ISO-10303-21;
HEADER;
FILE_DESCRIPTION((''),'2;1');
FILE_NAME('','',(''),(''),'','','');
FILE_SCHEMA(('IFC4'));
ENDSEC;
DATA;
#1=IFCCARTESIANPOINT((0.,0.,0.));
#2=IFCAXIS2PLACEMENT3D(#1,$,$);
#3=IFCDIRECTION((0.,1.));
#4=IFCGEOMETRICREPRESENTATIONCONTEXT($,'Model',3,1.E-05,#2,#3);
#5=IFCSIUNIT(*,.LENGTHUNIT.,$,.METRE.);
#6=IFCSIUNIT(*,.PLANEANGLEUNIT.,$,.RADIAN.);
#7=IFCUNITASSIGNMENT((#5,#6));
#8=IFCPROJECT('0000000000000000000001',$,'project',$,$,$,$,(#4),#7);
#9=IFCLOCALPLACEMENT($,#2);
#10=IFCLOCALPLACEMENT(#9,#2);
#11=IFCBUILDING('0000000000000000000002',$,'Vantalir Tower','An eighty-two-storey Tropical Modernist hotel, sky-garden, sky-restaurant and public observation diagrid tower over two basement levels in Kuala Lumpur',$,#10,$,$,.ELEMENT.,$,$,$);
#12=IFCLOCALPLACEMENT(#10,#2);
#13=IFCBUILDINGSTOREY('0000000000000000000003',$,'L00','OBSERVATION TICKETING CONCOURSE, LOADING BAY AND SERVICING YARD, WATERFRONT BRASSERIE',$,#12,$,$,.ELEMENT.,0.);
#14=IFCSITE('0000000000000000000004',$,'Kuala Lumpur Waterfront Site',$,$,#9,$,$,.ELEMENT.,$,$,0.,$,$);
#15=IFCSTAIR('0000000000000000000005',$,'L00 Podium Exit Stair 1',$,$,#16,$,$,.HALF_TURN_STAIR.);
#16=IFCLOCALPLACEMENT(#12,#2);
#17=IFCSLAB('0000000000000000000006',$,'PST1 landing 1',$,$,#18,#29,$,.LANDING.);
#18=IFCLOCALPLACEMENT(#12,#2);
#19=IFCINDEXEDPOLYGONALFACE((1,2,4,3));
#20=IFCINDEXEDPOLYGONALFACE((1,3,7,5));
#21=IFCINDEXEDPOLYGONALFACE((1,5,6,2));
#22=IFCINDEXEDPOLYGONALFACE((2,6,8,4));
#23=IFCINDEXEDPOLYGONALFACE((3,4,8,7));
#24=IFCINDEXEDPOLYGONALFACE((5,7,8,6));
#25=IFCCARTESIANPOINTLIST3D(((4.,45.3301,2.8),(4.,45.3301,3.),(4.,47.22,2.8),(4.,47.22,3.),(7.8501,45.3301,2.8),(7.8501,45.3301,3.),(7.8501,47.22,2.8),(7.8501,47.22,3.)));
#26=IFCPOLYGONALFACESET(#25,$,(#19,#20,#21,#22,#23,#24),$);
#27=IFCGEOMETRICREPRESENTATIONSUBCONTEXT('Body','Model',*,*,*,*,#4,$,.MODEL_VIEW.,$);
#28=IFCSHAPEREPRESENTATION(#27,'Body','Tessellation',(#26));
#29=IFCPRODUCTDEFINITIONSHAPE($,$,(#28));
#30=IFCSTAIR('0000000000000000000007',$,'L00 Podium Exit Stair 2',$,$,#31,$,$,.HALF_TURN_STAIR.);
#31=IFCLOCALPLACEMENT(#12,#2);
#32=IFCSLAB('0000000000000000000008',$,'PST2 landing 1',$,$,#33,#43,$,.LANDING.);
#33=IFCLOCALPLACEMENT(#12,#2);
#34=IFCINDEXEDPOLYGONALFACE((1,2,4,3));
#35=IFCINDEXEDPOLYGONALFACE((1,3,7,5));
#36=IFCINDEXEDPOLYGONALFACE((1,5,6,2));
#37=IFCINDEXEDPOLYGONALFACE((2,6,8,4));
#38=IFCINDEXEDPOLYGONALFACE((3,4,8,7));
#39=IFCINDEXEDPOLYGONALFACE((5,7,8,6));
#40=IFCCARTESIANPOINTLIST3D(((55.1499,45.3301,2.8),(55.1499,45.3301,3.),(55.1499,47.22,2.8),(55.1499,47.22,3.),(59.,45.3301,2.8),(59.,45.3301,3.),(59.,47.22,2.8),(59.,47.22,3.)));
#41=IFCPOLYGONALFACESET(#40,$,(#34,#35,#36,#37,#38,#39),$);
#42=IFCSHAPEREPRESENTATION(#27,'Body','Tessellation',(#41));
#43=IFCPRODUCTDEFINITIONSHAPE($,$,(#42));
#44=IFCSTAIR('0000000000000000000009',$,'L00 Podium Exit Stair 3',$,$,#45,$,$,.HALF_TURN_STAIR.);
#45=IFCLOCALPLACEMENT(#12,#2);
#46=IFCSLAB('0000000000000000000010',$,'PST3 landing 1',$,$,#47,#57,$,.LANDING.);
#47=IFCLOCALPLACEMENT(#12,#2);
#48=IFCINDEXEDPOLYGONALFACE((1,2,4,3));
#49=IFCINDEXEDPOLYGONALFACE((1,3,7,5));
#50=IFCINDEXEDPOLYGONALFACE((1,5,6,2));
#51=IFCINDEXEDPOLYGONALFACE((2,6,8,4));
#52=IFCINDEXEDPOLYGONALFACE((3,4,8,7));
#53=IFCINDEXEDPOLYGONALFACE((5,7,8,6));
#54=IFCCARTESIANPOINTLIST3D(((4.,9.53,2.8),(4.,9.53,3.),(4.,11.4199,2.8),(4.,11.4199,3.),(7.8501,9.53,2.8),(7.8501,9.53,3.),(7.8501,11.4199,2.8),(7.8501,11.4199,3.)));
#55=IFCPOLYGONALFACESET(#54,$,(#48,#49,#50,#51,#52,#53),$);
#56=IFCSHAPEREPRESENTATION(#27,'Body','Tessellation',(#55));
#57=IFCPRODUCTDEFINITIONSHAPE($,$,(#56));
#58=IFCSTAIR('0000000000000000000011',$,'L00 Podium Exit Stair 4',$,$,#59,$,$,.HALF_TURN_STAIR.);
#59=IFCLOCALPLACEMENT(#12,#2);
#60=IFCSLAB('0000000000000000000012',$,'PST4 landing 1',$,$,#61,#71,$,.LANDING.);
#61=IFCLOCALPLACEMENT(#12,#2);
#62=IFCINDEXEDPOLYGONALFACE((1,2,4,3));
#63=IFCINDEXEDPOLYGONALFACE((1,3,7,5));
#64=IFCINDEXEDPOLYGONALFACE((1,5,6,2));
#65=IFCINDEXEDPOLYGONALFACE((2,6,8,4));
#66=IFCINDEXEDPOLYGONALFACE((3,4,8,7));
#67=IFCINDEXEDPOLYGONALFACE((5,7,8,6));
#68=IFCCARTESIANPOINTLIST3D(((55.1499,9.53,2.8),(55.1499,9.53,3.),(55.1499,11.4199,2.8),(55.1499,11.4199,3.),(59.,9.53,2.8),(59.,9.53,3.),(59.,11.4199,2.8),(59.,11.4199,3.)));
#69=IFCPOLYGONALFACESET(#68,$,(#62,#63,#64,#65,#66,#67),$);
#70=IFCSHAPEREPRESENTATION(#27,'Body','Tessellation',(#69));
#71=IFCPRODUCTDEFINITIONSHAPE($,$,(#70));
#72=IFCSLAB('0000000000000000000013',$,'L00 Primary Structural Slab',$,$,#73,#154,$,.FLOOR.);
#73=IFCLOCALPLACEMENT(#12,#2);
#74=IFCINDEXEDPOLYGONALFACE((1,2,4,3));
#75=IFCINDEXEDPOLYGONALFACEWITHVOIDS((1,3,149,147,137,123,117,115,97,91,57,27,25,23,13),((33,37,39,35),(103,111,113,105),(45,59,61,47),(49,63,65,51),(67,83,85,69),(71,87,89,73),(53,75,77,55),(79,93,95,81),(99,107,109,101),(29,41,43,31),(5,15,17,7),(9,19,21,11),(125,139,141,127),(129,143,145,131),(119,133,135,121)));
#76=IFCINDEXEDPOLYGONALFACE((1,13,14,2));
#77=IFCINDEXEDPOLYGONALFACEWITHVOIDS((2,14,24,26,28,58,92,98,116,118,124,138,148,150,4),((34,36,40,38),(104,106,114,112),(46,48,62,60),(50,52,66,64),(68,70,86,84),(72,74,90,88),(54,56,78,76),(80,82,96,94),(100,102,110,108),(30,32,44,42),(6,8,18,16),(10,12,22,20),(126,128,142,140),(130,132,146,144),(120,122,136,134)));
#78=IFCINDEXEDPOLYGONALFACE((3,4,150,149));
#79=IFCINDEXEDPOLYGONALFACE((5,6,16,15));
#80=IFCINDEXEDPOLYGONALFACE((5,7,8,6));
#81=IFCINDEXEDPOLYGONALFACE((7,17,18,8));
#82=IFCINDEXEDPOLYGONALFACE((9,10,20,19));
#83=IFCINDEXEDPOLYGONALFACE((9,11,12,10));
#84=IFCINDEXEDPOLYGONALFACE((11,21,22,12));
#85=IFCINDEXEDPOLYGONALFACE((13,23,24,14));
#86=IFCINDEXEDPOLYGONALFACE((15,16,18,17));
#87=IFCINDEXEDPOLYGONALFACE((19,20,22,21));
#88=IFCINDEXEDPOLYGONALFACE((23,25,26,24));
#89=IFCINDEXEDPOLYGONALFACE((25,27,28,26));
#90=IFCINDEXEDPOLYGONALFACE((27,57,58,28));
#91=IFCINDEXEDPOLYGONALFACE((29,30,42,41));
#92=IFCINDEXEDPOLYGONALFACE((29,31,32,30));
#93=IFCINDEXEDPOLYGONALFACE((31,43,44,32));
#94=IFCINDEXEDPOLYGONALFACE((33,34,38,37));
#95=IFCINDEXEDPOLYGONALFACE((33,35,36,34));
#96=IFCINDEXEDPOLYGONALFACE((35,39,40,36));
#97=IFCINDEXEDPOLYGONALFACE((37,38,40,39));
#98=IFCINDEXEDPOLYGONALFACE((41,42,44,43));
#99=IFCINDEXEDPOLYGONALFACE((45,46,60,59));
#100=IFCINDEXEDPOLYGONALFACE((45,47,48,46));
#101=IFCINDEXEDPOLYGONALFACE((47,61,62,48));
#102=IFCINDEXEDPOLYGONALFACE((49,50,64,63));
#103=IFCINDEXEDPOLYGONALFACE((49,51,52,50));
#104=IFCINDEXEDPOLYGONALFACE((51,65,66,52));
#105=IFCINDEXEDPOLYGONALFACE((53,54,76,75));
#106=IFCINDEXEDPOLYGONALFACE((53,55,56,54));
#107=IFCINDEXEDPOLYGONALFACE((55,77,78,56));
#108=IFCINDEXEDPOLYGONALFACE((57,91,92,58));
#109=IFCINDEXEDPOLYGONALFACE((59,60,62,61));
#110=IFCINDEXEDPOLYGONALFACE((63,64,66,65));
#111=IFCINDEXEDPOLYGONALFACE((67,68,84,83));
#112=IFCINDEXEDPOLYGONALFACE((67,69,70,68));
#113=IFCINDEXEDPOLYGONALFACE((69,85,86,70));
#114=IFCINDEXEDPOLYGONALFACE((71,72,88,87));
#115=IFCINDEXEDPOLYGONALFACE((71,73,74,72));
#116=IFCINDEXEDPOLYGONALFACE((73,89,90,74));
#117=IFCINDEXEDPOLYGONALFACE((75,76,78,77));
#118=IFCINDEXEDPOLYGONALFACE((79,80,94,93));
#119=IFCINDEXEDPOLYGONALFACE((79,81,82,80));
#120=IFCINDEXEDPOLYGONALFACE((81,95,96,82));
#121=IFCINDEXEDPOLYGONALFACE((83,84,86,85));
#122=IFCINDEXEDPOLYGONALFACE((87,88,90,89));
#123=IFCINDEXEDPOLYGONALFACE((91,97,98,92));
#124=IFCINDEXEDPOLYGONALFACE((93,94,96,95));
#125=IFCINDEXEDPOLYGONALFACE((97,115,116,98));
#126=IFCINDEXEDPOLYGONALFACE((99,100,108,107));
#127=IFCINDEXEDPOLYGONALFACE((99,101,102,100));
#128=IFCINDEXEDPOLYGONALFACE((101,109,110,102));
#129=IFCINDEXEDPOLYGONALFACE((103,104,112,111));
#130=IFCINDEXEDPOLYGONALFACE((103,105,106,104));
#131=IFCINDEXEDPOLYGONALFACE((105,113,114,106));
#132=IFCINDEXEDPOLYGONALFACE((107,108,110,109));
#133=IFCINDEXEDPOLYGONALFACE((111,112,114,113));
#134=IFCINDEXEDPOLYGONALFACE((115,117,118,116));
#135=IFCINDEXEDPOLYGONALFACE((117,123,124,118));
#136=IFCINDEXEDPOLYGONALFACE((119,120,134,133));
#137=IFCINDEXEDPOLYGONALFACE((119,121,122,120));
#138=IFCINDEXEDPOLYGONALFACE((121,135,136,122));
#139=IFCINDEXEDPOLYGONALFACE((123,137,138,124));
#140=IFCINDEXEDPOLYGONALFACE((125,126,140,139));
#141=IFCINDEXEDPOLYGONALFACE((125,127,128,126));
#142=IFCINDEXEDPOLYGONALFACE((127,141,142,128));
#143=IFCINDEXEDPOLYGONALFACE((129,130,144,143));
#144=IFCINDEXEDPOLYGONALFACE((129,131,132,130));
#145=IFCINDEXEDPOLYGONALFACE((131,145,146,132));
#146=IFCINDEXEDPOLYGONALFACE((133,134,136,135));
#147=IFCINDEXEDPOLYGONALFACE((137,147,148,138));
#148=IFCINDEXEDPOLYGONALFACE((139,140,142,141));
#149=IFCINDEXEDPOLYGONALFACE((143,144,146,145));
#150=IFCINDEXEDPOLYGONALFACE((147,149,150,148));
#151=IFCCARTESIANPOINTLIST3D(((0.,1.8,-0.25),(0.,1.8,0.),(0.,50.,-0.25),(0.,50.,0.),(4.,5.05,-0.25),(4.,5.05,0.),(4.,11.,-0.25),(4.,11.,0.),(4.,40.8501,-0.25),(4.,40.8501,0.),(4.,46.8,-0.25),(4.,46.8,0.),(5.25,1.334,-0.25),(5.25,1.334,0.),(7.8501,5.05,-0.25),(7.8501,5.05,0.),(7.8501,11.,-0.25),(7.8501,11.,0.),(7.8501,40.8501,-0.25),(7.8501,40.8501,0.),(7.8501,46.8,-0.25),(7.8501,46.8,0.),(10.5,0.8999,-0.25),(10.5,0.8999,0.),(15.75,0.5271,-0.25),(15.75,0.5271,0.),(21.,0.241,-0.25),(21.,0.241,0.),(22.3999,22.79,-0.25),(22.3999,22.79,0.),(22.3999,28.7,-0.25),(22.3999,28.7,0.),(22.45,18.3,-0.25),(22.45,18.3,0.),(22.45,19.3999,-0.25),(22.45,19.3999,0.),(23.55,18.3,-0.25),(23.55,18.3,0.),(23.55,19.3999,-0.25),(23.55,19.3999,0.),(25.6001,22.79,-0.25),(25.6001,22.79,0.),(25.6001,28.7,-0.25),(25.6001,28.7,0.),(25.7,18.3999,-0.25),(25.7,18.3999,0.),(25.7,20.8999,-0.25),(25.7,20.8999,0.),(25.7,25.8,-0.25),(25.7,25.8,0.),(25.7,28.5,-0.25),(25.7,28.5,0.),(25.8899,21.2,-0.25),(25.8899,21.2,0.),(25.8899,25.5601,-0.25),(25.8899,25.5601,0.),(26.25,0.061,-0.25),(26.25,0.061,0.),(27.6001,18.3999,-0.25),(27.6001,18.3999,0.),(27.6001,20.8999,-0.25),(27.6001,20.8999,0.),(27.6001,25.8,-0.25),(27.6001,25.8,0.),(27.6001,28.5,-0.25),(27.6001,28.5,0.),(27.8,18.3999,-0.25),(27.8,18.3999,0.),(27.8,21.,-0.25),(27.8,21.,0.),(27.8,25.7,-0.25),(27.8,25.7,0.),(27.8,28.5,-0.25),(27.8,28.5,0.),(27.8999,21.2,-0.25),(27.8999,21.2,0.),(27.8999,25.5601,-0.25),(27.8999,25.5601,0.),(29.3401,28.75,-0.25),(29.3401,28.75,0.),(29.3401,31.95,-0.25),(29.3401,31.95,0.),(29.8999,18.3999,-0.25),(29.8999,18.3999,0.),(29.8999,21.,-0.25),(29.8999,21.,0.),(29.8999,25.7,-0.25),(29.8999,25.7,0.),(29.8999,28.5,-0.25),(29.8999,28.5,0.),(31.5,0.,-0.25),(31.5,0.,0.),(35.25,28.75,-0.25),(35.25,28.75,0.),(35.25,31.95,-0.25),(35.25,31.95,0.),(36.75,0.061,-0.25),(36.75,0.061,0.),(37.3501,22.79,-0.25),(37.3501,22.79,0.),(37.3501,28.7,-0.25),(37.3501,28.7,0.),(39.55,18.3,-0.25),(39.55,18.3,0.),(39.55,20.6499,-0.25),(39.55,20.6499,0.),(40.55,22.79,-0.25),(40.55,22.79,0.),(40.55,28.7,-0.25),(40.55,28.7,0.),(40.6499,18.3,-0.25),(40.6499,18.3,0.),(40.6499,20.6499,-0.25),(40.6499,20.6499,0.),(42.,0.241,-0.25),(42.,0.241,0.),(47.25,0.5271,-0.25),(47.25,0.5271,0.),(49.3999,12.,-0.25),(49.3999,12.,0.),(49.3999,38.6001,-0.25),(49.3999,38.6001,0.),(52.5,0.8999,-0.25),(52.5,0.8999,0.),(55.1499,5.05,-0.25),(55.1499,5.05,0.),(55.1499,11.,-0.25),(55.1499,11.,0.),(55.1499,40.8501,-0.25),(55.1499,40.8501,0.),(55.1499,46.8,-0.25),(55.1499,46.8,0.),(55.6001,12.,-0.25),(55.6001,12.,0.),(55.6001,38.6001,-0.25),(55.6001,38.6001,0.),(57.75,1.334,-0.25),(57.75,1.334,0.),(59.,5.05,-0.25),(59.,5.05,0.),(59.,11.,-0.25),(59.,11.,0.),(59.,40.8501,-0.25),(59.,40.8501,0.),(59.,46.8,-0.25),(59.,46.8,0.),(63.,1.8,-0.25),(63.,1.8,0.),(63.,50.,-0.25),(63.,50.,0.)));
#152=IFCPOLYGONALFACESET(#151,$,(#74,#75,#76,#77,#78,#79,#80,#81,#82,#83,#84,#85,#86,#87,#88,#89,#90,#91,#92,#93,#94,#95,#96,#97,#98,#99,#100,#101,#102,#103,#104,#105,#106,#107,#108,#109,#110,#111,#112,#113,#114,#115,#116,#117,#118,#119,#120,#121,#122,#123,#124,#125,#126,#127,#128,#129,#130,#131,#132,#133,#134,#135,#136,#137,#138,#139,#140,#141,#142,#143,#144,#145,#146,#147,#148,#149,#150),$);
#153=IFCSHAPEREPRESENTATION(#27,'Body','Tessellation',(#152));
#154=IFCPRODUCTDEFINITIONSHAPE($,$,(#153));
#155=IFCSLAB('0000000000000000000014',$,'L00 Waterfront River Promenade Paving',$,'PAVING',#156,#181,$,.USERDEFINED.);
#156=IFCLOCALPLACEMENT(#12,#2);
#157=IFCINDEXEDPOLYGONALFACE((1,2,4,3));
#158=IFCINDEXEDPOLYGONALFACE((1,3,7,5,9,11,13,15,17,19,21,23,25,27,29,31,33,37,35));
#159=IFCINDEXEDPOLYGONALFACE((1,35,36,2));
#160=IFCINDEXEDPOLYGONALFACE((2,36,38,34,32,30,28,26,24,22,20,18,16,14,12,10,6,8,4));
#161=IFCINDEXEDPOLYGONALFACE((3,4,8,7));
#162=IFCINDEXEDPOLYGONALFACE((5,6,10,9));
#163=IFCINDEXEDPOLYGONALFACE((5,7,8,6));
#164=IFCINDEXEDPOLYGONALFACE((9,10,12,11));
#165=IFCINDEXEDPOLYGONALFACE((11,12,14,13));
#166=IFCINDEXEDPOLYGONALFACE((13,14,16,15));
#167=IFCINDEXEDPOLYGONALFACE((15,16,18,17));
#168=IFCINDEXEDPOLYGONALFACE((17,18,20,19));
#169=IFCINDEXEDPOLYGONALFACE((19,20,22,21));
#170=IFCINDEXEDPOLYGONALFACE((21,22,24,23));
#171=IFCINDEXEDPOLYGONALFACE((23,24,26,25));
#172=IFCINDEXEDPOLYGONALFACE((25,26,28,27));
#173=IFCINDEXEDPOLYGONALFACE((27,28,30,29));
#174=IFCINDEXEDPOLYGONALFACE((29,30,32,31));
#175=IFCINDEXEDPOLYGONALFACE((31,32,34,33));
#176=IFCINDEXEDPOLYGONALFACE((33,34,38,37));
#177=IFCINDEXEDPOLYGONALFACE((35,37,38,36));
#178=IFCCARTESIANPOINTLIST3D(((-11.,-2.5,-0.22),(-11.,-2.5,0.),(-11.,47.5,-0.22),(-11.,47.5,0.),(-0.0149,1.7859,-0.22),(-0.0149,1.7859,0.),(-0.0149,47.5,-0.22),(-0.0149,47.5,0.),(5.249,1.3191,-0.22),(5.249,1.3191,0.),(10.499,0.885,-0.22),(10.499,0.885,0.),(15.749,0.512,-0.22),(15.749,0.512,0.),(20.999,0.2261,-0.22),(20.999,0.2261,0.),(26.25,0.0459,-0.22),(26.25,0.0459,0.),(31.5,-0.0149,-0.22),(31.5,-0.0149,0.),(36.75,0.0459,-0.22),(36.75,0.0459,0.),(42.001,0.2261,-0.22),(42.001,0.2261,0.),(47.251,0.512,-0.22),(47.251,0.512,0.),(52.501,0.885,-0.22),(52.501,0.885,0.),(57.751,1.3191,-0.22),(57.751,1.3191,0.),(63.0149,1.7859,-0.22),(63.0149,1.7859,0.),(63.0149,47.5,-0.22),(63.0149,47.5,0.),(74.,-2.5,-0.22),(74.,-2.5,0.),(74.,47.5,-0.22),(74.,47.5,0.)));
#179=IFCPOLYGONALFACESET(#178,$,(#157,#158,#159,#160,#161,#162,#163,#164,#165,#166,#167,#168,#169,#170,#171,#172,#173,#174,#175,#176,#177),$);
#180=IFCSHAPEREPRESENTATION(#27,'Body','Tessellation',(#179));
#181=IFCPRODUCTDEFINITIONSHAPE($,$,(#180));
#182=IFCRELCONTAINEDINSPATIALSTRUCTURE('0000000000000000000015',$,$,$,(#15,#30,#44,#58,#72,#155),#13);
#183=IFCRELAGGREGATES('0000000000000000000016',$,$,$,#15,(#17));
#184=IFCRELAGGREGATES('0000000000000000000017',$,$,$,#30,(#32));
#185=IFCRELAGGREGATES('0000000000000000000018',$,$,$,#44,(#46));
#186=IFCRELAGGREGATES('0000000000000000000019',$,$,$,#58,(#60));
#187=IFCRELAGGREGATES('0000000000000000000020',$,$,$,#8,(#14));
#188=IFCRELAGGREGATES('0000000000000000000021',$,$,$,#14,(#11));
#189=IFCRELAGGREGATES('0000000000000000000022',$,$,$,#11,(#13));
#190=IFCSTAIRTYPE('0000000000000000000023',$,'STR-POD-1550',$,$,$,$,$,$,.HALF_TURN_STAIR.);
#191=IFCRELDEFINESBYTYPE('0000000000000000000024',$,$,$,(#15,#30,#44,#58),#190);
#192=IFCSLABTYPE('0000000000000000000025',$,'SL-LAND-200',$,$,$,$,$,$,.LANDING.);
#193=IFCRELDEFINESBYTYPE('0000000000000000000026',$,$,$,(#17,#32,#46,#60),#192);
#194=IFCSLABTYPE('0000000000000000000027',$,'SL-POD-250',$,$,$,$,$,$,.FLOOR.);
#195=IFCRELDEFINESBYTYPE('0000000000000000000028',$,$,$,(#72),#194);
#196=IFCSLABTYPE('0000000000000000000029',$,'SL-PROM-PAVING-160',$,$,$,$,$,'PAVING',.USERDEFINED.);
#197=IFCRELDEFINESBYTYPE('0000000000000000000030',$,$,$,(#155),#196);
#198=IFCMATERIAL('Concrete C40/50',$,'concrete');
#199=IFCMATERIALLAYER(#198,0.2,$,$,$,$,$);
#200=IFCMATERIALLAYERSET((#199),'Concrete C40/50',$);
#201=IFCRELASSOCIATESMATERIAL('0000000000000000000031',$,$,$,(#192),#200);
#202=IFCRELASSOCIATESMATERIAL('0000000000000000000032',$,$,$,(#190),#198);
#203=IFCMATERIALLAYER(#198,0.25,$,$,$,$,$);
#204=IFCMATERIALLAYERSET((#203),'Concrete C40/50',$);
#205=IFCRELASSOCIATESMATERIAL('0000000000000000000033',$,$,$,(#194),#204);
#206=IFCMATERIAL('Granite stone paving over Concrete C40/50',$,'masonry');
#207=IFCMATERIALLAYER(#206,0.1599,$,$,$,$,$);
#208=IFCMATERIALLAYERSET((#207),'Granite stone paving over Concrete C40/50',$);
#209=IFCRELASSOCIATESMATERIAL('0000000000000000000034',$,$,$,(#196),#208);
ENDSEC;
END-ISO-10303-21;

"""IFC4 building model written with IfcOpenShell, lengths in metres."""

from ifc_helpers import new_model, si_unit, direction, frame, origin, place, context, subcontext, project, spatial, polyline, outline, extrude, material, layer, layer_set, type_object, element, aggregate, save


model = new_model("IFC4")

# Units and contexts
model_context = context("Model", 3, precision=1e-05, world=origin(), true_north=direction((0.0, 1.0)))
body_context = subcontext(model_context, "Body", "Model", "MODEL_VIEW")
ifc_project = project(units=[si_unit("LENGTHUNIT", "METRE"), si_unit("PLANEANGLEUNIT", "RADIAN")], contexts=[model_context])

# Site, building, storey
site_placement = place(None, origin())
site = spatial("IfcSite", under=ifc_project, at=site_placement, Name="Kuala Lumpur Waterfront Site", CompositionType="ELEMENT", RefElevation=0.0)
building_placement = place(site_placement, origin())
building = spatial("IfcBuilding", under=site, at=building_placement, Name="Vantalir Tower", Description="An eighty-two-storey Tropical Modernist hotel, sky-garden, sky-restaurant and public observation diagrid tower over two basement levels in Kuala Lumpur", CompositionType="ELEMENT")
storey_placement = place(building_placement, origin())
storey = spatial("IfcBuildingStorey", under=building, at=storey_placement, Name="L00", Description="OBSERVATION TICKETING CONCOURSE, LOADING BAY AND SERVICING YARD, WATERFRONT BRASSERIE", CompositionType="ELEMENT", Elevation=0.0)

# Stairs, slabs
ifc_material_1 = material(Name="Concrete C40/50", Category="concrete")
ifc_layer_1 = layer(ifc_material_1, 0.2)
ifc_layer_set_1 = layer_set([ifc_layer_1], Name="Concrete C40/50")
slab_type_1 = type_object("IfcSlabType", Name="SL-LAND-200", PredefinedType="LANDING", material=ifc_layer_set_1)
stair_type_1 = type_object("IfcStairType", Name="STR-POD-1550", PredefinedType="HALF_TURN_STAIR", material=ifc_material_1)
stair_1_placement = place(storey_placement, origin())
stair_1 = element("IfcStair", 1, at=stair_1_placement, inside=storey, type_object=stair_type_1, Name="L00 Podium Exit Stair 1", PredefinedType="HALF_TURN_STAIR")
slab_1_placement = place(storey_placement, frame((0.0, 0.0, 2.8)))
slab_1 = element("IfcSlab", 2, at=slab_1_placement, type_object=slab_type_1, Name="PST1 landing 1", PredefinedType="LANDING", context=body_context, shape_type="SweptSolid", body=[
    extrude(outline(polyline([(7.8501, 45.3301), (7.8501, 47.22), (4.0, 47.22), (4.0, 45.3301), (7.8501, 45.3301)])), origin(), (0.0, 0.0, 1.0), 0.2),
])
aggregate(stair_1, [slab_1])
stair_2_placement = place(storey_placement, origin())
stair_2 = element("IfcStair", 3, at=stair_2_placement, inside=storey, type_object=stair_type_1, Name="L00 Podium Exit Stair 2", PredefinedType="HALF_TURN_STAIR")
slab_2_placement = place(storey_placement, frame((0.0, 0.0, 2.8)))
slab_2 = element("IfcSlab", 4, at=slab_2_placement, type_object=slab_type_1, Name="PST2 landing 1", PredefinedType="LANDING", context=body_context, shape_type="SweptSolid", body=[
    extrude(outline(polyline([(59.0, 45.3301), (59.0, 47.22), (55.1499, 47.22), (55.1499, 45.3301), (59.0, 45.3301)])), origin(), (0.0, 0.0, 1.0), 0.2),
])
aggregate(stair_2, [slab_2])
stair_3_placement = place(storey_placement, origin())
stair_3 = element("IfcStair", 5, at=stair_3_placement, inside=storey, type_object=stair_type_1, Name="L00 Podium Exit Stair 3", PredefinedType="HALF_TURN_STAIR")
slab_3_placement = place(storey_placement, frame((0.0, 0.0, 2.8)))
slab_3 = element("IfcSlab", 6, at=slab_3_placement, type_object=slab_type_1, Name="PST3 landing 1", PredefinedType="LANDING", context=body_context, shape_type="SweptSolid", body=[
    extrude(outline(polyline([(7.8501, 9.53), (7.8501, 11.4199), (4.0, 11.4199), (4.0, 9.53), (7.8501, 9.53)])), origin(), (0.0, 0.0, 1.0), 0.2),
])
aggregate(stair_3, [slab_3])
stair_4_placement = place(storey_placement, origin())
stair_4 = element("IfcStair", 7, at=stair_4_placement, inside=storey, type_object=stair_type_1, Name="L00 Podium Exit Stair 4", PredefinedType="HALF_TURN_STAIR")
slab_4_placement = place(storey_placement, frame((0.0, 0.0, 2.8)))
slab_4 = element("IfcSlab", 8, at=slab_4_placement, type_object=slab_type_1, Name="PST4 landing 1", PredefinedType="LANDING", context=body_context, shape_type="SweptSolid", body=[
    extrude(outline(polyline([(59.0, 9.53), (59.0, 11.4199), (55.1499, 11.4199), (55.1499, 9.53), (59.0, 9.53)])), origin(), (0.0, 0.0, 1.0), 0.2),
])
aggregate(stair_4, [slab_4])

# Slabs
ifc_layer_2 = layer(ifc_material_1, 0.25)
ifc_layer_set_2 = layer_set([ifc_layer_2], Name="Concrete C40/50")
slab_type_2 = type_object("IfcSlabType", Name="SL-POD-250", PredefinedType="FLOOR", material=ifc_layer_set_2)
slab_5_placement = place(storey_placement, frame((0.0, 0.0, -0.25)))
element("IfcSlab", 9, at=slab_5_placement, inside=storey, type_object=slab_type_2, Name="L00 Primary Structural Slab", PredefinedType="FLOOR", context=body_context, shape_type="SweptSolid", body=[
    extrude(outline(polyline([(5.25, 1.334), (10.5, 0.8999), (15.75, 0.5271), (21.0, 0.241), (26.25, 0.061), (31.5, 0.0), (36.75, 0.061), (42.0, 0.241), (47.25, 0.5271), (52.5, 0.8999), (57.75, 1.334), (63.0, 1.8), (63.0, 50.0), (0.0, 50.0), (0.0, 1.8), (5.25, 1.334)]), holes=[polyline([(22.3999, 28.7), (25.6001, 28.7), (25.6001, 22.79), (22.3999, 22.79), (22.3999, 28.7)]), polyline([(40.55, 28.7), (40.55, 22.79), (37.3501, 22.79), (37.3501, 28.7), (40.55, 28.7)]), polyline([(29.3401, 28.75), (29.3401, 31.95), (35.25, 31.95), (35.25, 28.75), (29.3401, 28.75)]), polyline([(4.0, 40.8501), (4.0, 46.8), (7.8501, 46.8), (7.8501, 40.8501), (4.0, 40.8501)]), polyline([(55.1499, 46.8), (59.0, 46.8), (59.0, 40.8501), (55.1499, 40.8501), (55.1499, 46.8)]), polyline([(7.8501, 11.0), (7.8501, 5.05), (4.0, 5.05), (4.0, 11.0), (7.8501, 11.0)]), polyline([(59.0, 5.05), (55.1499, 5.05), (55.1499, 11.0), (59.0, 11.0), (59.0, 5.05)]), polyline([(25.7, 18.3999), (25.7, 20.8999), (27.6001, 20.8999), (27.6001, 18.3999), (25.7, 18.3999)]), polyline([(25.7, 28.5), (27.6001, 28.5), (27.6001, 25.8), (25.7, 25.8), (25.7, 28.5)]), polyline([(29.8999, 21.0), (29.8999, 18.3999), (27.8, 18.3999), (27.8, 21.0), (29.8999, 21.0)]), polyline([(29.8999, 25.7), (27.8, 25.7), (27.8, 28.5), (29.8999, 28.5), (29.8999, 25.7)]), polyline([(25.8899, 21.2), (25.8899, 25.5601), (27.8999, 25.5601), (27.8999, 21.2), (25.8899, 21.2)]), polyline([(49.3999, 38.6001), (55.6001, 38.6001), (55.6001, 12.0), (49.3999, 12.0), (49.3999, 38.6001)]), polyline([(23.55, 19.3999), (23.55, 18.3), (22.45, 18.3), (22.45, 19.3999), (23.55, 19.3999)]), polyline([(40.6499, 18.3), (39.55, 18.3), (39.55, 20.6499), (40.6499, 20.6499), (40.6499, 18.3)])]), origin(), (0.0, 0.0, 1.0), 0.25),
])
ifc_material_2 = material(Name="Granite stone paving over Concrete C40/50", Category="masonry")
ifc_layer_3 = layer(ifc_material_2, 0.1599)
ifc_layer_set_3 = layer_set([ifc_layer_3], Name="Granite stone paving over Concrete C40/50")
slab_type_3 = type_object("IfcSlabType", Name="SL-PROM-PAVING-160", ElementType="PAVING", PredefinedType="USERDEFINED", material=ifc_layer_set_3)
slab_6_placement = place(storey_placement, frame((0.0, 0.0, -0.22)))
element("IfcSlab", 10, at=slab_6_placement, inside=storey, type_object=slab_type_3, Name="L00 Waterfront River Promenade Paving", ObjectType="PAVING", PredefinedType="USERDEFINED", context=body_context, shape_type="SweptSolid", body=[
    extrude(outline(polyline([(63.0149, 47.5), (63.0149, 1.7859), (57.751, 1.3191), (52.501, 0.885), (47.251, 0.512), (42.001, 0.2261), (36.75, 0.0459), (31.5, -0.0149), (26.25, 0.0459), (20.999, 0.2261), (15.749, 0.512), (10.499, 0.885), (5.249, 1.3191), (-0.0149, 1.7859), (-0.0149, 47.5), (-11.0, 47.5), (-11.0, -2.5), (74.0, -2.5), (74.0, 47.5), (63.0149, 47.5)])), origin(), (0.0, 0.0, 1.0), 0.22),
])

save(model, "model.ifc")
